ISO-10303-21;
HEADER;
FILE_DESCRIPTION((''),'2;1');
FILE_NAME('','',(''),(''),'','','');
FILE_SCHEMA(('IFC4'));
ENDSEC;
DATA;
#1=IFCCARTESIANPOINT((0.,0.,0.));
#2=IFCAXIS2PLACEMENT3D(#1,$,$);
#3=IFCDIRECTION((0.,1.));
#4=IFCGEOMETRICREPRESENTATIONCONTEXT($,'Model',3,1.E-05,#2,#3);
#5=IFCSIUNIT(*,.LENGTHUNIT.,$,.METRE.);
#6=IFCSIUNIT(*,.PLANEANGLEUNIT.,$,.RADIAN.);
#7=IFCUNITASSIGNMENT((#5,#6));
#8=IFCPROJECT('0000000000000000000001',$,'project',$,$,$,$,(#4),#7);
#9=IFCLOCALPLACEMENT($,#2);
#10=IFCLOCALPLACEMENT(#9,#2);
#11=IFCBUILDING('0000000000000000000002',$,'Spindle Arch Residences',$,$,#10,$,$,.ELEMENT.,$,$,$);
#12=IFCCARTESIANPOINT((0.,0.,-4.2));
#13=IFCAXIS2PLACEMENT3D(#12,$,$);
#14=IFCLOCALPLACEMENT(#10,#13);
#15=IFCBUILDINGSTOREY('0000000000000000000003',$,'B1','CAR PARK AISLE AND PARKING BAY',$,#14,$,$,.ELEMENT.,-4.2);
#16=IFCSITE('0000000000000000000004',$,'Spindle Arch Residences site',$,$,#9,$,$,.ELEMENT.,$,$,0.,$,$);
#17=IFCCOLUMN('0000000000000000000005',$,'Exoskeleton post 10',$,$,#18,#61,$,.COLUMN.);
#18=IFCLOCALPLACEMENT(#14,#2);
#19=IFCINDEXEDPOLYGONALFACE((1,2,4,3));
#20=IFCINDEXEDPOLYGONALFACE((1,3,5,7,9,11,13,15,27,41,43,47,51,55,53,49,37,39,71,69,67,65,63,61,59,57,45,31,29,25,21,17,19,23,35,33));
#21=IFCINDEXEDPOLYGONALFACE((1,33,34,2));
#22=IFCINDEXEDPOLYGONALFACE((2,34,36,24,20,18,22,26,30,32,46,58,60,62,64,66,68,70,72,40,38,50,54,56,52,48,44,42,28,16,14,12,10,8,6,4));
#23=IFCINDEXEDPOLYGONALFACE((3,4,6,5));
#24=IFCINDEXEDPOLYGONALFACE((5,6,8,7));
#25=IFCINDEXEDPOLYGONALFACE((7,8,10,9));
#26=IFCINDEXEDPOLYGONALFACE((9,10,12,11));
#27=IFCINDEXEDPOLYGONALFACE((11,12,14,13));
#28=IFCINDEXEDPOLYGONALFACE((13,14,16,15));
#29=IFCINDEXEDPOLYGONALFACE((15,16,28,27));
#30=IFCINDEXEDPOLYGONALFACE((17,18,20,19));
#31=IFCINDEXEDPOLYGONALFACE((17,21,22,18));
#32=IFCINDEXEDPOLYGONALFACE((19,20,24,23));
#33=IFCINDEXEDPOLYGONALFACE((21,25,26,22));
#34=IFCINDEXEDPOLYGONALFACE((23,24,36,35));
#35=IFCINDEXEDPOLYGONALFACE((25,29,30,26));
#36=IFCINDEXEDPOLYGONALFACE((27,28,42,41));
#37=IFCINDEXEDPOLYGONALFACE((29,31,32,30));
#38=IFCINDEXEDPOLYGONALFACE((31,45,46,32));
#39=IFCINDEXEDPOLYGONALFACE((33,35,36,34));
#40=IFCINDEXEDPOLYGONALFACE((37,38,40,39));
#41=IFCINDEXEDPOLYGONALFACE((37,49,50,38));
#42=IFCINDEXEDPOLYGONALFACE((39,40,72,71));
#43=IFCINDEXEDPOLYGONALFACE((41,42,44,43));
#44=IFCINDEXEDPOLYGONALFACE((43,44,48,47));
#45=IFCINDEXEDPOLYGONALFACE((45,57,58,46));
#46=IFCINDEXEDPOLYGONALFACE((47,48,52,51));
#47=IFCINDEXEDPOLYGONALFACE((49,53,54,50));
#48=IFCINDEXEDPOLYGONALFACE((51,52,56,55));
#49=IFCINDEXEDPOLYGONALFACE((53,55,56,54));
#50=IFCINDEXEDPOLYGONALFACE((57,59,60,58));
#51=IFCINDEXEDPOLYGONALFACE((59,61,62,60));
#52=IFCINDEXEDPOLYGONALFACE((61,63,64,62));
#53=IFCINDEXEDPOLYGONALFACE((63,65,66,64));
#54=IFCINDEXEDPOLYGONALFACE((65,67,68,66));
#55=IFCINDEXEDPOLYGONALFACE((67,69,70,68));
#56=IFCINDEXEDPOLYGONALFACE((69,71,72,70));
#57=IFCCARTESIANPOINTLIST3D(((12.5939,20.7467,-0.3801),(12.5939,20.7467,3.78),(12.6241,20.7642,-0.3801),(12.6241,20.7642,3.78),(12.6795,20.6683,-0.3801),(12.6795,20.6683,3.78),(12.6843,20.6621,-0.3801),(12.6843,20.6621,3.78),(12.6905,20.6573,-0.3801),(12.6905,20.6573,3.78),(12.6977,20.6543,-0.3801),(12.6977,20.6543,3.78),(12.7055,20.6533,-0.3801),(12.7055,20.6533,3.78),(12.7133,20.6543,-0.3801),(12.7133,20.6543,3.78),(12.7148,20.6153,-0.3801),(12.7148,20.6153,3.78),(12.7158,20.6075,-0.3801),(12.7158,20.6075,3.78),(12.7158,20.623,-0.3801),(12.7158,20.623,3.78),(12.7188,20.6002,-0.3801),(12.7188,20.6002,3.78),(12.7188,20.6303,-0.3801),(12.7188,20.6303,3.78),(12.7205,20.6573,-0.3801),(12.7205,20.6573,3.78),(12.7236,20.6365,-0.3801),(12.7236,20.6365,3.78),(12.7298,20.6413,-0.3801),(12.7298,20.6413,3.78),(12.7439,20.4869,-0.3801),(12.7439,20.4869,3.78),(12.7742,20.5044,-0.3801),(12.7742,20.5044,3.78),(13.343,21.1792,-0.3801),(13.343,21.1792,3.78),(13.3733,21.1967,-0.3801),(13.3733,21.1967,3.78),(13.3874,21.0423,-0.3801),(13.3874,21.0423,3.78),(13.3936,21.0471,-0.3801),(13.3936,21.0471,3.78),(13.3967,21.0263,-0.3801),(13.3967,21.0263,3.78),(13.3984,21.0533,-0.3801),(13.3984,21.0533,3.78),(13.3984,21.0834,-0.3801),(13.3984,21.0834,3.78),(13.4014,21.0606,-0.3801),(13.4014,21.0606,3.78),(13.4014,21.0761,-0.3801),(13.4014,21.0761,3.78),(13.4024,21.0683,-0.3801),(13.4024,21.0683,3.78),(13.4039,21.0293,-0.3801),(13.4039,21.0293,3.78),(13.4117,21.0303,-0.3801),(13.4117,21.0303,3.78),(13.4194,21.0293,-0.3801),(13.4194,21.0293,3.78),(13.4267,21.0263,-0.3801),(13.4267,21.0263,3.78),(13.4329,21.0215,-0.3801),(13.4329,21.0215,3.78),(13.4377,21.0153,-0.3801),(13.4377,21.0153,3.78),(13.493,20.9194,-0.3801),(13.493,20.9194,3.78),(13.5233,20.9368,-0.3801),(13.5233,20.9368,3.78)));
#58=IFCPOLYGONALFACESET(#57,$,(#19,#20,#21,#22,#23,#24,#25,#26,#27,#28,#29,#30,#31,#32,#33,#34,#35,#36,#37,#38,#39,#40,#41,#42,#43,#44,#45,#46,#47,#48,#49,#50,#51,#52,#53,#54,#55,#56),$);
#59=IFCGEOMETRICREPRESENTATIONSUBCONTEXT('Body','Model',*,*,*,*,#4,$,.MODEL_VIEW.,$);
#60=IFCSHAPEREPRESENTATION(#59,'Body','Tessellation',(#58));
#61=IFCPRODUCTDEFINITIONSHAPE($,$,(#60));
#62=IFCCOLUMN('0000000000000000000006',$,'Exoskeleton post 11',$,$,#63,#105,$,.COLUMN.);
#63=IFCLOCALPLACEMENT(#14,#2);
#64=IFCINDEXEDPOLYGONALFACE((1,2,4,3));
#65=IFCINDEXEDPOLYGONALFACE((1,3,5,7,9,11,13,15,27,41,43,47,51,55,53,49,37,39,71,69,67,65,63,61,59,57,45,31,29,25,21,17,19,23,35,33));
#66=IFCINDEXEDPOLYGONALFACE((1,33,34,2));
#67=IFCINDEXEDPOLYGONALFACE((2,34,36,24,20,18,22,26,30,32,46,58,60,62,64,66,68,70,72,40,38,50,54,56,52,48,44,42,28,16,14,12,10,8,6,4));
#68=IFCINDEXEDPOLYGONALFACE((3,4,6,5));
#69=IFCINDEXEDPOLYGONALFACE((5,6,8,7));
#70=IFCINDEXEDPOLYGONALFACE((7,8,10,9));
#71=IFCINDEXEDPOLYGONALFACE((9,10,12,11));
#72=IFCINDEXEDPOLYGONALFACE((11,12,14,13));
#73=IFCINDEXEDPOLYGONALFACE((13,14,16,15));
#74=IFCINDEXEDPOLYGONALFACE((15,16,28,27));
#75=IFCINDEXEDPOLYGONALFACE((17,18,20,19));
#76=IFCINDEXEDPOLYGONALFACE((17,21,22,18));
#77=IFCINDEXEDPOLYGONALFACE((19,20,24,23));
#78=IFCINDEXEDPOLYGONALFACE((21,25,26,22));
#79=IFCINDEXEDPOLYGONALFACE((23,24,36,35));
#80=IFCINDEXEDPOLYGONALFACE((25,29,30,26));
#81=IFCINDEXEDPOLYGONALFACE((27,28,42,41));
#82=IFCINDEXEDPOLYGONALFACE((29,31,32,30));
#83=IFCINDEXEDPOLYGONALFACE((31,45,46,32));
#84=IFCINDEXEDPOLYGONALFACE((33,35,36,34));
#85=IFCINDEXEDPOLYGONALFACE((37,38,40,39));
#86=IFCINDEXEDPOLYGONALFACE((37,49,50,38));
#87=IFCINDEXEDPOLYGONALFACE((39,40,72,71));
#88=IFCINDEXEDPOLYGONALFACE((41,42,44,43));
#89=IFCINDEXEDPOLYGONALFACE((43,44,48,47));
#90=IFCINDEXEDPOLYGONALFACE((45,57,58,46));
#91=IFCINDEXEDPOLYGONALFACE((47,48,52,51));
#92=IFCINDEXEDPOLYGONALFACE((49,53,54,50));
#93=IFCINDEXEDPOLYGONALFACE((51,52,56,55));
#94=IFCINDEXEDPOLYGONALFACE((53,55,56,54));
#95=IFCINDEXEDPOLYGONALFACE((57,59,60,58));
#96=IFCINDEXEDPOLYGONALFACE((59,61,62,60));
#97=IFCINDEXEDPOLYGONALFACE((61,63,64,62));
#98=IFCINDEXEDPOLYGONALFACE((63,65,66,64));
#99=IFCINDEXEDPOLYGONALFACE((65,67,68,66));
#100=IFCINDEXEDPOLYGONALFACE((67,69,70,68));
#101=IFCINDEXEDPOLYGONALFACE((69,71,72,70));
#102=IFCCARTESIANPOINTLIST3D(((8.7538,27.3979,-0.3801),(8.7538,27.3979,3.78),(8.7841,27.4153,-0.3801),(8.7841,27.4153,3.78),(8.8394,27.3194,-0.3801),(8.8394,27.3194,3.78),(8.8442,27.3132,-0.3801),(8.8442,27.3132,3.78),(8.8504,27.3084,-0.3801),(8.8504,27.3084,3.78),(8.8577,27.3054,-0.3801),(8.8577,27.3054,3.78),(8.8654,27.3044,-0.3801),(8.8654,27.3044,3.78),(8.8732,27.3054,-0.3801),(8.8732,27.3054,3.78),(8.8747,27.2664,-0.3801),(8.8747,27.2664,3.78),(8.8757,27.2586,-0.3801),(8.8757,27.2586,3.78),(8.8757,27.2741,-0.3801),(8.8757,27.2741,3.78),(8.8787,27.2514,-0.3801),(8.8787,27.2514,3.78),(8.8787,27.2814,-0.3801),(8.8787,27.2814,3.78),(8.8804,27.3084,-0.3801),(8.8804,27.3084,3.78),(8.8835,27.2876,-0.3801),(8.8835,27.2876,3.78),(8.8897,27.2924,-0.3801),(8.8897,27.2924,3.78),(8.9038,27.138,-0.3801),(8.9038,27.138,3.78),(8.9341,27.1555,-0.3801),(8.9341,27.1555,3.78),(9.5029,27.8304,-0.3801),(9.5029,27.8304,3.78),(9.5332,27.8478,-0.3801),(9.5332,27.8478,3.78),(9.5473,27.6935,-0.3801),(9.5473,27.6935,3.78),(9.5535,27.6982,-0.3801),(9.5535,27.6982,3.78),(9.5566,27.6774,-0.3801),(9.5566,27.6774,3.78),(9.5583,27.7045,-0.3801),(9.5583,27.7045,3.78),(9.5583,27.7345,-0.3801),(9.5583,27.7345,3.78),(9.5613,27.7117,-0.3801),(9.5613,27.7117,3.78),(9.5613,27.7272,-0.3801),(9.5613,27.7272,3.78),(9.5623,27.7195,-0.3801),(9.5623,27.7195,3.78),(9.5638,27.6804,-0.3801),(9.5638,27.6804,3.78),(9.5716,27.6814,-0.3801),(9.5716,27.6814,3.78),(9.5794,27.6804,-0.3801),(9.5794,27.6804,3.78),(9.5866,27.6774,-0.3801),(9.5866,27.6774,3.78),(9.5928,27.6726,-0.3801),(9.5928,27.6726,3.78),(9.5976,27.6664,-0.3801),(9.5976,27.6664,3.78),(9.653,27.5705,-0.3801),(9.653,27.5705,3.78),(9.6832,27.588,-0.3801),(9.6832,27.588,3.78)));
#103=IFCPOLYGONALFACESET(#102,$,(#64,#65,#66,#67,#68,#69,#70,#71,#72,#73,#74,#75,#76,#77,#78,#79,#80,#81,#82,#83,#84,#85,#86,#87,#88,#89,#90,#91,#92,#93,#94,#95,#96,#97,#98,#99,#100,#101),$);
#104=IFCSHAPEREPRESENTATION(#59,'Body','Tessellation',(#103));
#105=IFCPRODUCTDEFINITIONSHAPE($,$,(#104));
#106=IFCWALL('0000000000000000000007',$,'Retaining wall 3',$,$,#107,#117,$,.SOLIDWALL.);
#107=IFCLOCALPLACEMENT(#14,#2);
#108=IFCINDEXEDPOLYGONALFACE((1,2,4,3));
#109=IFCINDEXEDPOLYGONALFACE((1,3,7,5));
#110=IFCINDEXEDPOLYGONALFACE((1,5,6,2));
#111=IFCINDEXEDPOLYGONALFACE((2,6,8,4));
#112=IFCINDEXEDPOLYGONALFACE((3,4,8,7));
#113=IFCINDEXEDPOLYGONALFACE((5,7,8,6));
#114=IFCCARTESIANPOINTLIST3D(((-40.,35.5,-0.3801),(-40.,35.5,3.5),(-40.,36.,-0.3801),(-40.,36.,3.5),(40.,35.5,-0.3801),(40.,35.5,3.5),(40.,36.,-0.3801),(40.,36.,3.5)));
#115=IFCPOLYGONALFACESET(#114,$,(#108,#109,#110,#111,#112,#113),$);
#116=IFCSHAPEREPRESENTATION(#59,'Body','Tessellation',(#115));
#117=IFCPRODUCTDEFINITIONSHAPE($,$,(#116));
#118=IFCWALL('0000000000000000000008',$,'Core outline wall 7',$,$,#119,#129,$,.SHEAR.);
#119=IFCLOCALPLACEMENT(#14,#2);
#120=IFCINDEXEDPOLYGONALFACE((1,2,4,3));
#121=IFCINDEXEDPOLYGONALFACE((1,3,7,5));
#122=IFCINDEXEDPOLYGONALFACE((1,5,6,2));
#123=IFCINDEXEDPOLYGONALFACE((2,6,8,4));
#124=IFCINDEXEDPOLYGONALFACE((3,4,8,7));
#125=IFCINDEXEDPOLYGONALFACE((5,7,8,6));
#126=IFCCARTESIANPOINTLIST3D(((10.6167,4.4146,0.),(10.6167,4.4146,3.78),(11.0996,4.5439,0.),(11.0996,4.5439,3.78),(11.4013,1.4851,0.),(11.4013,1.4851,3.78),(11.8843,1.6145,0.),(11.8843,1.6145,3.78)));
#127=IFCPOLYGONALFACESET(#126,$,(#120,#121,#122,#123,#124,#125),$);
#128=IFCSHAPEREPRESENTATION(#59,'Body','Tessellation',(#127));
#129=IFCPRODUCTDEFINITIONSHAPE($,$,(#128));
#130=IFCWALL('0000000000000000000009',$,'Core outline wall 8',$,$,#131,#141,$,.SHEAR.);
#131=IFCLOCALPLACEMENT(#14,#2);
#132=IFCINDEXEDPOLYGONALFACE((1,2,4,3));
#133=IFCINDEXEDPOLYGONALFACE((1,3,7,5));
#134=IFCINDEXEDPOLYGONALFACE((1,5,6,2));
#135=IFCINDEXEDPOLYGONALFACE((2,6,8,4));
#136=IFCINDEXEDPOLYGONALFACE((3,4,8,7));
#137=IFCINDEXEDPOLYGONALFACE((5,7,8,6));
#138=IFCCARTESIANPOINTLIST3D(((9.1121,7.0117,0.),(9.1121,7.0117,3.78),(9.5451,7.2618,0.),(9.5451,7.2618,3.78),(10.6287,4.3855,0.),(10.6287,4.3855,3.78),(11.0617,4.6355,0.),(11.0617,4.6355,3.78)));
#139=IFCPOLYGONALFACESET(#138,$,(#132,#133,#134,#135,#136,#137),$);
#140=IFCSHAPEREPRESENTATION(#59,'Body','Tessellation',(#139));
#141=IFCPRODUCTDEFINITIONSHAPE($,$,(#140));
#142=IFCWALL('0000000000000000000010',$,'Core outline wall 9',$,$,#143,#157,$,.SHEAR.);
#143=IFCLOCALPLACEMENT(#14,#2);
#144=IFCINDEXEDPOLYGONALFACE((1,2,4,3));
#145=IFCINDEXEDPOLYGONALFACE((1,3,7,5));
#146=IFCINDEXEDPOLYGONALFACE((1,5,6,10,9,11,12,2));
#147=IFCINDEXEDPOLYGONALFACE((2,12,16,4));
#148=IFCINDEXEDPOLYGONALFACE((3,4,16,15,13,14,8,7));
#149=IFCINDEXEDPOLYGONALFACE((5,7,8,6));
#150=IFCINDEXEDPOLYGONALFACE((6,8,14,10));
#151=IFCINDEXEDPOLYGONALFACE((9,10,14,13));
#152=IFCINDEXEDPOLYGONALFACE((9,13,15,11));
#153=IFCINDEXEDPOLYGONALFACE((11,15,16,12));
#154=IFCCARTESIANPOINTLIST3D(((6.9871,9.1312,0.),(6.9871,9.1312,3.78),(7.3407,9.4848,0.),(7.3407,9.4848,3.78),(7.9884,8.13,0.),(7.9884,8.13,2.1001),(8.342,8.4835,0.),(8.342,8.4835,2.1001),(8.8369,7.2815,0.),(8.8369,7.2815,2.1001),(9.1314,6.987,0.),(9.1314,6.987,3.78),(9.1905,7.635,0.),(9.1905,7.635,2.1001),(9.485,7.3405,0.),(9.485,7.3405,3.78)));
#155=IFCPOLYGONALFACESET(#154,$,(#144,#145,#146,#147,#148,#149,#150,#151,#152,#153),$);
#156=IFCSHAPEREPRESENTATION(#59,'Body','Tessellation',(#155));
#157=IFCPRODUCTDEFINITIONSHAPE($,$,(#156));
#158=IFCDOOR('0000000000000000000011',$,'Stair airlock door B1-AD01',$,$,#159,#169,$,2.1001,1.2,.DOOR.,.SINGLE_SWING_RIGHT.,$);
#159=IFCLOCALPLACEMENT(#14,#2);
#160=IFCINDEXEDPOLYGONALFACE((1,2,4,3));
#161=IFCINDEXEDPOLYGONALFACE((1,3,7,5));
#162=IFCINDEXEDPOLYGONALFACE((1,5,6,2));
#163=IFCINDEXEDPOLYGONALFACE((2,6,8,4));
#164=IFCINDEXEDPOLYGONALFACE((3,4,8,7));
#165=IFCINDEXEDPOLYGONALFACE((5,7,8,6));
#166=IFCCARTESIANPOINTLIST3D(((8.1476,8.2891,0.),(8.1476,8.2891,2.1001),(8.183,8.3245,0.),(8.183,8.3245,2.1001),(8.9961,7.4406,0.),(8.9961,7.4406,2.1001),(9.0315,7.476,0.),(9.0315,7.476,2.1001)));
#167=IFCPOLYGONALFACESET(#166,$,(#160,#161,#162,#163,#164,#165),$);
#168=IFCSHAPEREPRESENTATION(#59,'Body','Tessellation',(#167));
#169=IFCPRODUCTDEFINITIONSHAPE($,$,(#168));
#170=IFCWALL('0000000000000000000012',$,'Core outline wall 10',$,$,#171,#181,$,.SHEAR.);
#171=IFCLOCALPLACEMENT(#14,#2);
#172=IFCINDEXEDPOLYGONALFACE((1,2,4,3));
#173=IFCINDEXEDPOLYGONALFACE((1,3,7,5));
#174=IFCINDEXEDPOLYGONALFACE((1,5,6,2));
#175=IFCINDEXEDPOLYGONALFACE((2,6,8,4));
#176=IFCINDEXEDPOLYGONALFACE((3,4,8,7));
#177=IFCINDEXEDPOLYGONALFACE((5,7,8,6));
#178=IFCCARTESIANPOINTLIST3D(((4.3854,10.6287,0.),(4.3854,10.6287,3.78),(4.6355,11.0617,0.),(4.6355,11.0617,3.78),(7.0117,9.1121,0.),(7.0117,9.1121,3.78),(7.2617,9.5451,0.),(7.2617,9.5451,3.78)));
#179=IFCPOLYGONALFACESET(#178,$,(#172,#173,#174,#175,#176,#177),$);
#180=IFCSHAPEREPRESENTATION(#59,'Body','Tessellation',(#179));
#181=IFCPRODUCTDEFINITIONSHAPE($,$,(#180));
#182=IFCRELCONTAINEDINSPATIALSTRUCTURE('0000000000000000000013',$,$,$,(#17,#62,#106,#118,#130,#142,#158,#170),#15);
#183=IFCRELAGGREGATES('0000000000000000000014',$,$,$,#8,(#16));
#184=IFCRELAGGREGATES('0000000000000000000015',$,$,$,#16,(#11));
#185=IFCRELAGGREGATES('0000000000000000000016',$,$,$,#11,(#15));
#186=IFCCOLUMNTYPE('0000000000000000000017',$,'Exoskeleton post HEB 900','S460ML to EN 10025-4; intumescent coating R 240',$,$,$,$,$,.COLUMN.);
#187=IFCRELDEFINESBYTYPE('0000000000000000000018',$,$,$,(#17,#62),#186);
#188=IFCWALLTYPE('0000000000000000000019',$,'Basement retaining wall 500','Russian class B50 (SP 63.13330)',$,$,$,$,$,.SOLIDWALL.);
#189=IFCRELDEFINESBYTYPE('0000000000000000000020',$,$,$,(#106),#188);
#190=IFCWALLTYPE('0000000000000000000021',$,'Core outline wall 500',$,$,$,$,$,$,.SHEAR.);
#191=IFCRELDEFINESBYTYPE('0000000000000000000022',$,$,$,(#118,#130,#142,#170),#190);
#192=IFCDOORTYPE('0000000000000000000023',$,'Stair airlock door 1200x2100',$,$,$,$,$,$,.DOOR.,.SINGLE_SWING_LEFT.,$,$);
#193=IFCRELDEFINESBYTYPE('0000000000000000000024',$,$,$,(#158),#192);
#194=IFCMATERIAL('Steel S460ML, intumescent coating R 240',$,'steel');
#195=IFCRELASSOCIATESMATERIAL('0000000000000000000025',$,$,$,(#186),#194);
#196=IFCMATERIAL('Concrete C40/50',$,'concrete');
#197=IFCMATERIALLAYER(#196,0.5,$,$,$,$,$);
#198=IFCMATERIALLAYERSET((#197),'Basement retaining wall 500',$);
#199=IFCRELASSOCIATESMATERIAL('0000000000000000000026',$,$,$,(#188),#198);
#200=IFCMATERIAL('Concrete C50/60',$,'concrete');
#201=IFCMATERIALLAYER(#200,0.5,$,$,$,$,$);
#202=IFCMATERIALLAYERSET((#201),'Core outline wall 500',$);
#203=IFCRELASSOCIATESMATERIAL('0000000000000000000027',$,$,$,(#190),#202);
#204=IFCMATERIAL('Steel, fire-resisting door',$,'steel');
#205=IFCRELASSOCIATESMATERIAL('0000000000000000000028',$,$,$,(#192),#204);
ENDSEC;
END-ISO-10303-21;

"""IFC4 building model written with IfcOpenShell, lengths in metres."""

from ifc_helpers import new_model, si_unit, direction, frame, frame_2d, origin, origin_2d, place, context, subcontext, project, spatial, rectangle, i_section, extrude, material, layer, layer_set, material_profile, profile_set, type_object, element, fill, save


model = new_model("IFC4")

# Units and contexts
model_context = context("Model", 3, precision=1e-05, world=origin(), true_north=direction((0.0, 1.0)))
body_context = subcontext(model_context, "Body", "Model", "MODEL_VIEW")
ifc_project = project(units=[si_unit("LENGTHUNIT", "METRE"), si_unit("PLANEANGLEUNIT", "RADIAN")], contexts=[model_context])

# Site, building, storey
site_placement = place(None, origin())
site = spatial("IfcSite", under=ifc_project, at=site_placement, Name="Spindle Arch Residences site", CompositionType="ELEMENT", RefElevation=0.0)
building_placement = place(site_placement, origin())
building = spatial("IfcBuilding", under=site, at=building_placement, Name="Spindle Arch Residences", CompositionType="ELEMENT")
storey_placement = place(building_placement, frame((0.0, 0.0, -4.2)))
storey = spatial("IfcBuildingStorey", under=building, at=storey_placement, Name="B1", Description="CAR PARK AISLE AND PARKING BAY", CompositionType="ELEMENT", Elevation=-4.2)

# Columns
ifc_material_1 = material(Name="Steel S460ML, intumescent coating R 240", Category="steel")
ifc_material_profile_1 = material_profile(ifc_material_1, i_section(OverallWidth=0.3, OverallDepth=0.8999, WebThickness=0.0186, FlangeThickness=0.0349, FilletRadius=0.03, at=origin_2d()), Name="HEB 900")
ifc_profile_set_1 = profile_set([ifc_material_profile_1], Name="Steel S460ML, intumescent coating R 240")
column_type_1 = type_object("IfcColumnType", Name="Exoskeleton post HEB 900", Description="S460ML to EN 10025-4; intumescent coating R 240", PredefinedType="COLUMN", material=ifc_profile_set_1)
for number, where, z_axis, x_axis, name in (
    (1, (13.0586, 20.8418, -0.3801), (0.0, 0.0, 1.0), (0.5, -0.866025, 0.0), "Exoskeleton post 10"),
    (2, (9.2185, 27.4929, -0.3801), (0.0, 0.0, 1.0), (0.5, -0.866025, 0.0), "Exoskeleton post 11"),
):
    element("IfcColumn", number, at=place(storey_placement, frame(where, z_axis=z_axis, x_axis=x_axis)), inside=storey, type_object=column_type_1, Name=name, PredefinedType="COLUMN", context=body_context, shape_type="SweptSolid", body=[
        extrude(i_section(OverallWidth=0.3, OverallDepth=0.8999, WebThickness=0.0186, FlangeThickness=0.0349, FilletRadius=0.03, at=origin_2d()), origin(), (0.0, 0.0, 1.0), 4.1602),
    ])

# Walls
ifc_material_2 = material(Name="Concrete C40/50", Category="concrete")
ifc_layer_1 = layer(ifc_material_2, 0.5)
ifc_layer_set_1 = layer_set([ifc_layer_1], Name="Basement retaining wall 500")
wall_type_1 = type_object("IfcWallType", Name="Basement retaining wall 500", Description="Russian class B50 (SP 63.13330)", PredefinedType="SOLIDWALL", material=ifc_layer_set_1)
wall_1_placement = place(storey_placement, frame((40.0, 35.75, -0.3801), z_axis=(0.0, 0.0, 1.0), x_axis=(-1.0, 0.0, 0.0)))
element("IfcWall", 3, at=wall_1_placement, inside=storey, type_object=wall_type_1, Name="Retaining wall 3", PredefinedType="SOLIDWALL", context=body_context, shape_type="SweptSolid", body=[
    extrude(rectangle(XDim=80.0, YDim=0.5, at=frame_2d((40.0, 0.0))), origin(), (0.0, 0.0, 1.0), 3.8801),
])
ifc_material_3 = material(Name="Concrete C50/60", Category="concrete")
ifc_layer_2 = layer(ifc_material_3, 0.5)
ifc_layer_set_2 = layer_set([ifc_layer_2], Name="Core outline wall 500")
wall_type_2 = type_object("IfcWallType", Name="Core outline wall 500", PredefinedType="SHEAR", material=ifc_layer_set_2)
for number, where, z_axis, x_axis, name in (
    (4, (11.6428, 1.5498, 0.0), (0.0, 0.0, 1.0), (-0.258735, 0.965948, 0.0), "Core outline wall 7"),
    (5, (10.8452, 4.5105, 0.0), (0.0, 0.0, 1.0), (-0.500087, 0.865975, 0.0), "Core outline wall 8"),
):
    element("IfcWall", number, at=place(storey_placement, frame(where, z_axis=z_axis, x_axis=x_axis)), inside=storey, type_object=wall_type_2, Name=name, PredefinedType="SHEAR", context=body_context, shape_type="SweptSolid", body=[
        extrude(rectangle(XDim=3.0327, YDim=0.5, at=frame_2d((1.5164, 0.0))), origin(), (0.0, 0.0, 1.0), 3.78),
    ])

# Wall, opening, door
wall_2_placement = place(storey_placement, frame((9.3081, 7.1638, 0.0), z_axis=(0.0, 0.0, 1.0), x_axis=(-0.707107, 0.707107, 0.0)))
wall_2 = element("IfcWall", 6, at=wall_2_placement, inside=storey, type_object=wall_type_2, Name="Core outline wall 9", PredefinedType="SHEAR", context=body_context, shape_type="SweptSolid", body=[
    extrude(rectangle(XDim=3.0325, YDim=0.5, at=frame_2d((1.5161, 0.0))), origin(), (0.0, 0.0, 1.0), 3.78),
])
opening_1_placement = place(wall_2_placement, frame((0.4163, 0.0, 0.0)))
opening_1 = element("IfcOpeningElement", 7, at=opening_1_placement, cuts=wall_2, PredefinedType="OPENING", context=body_context, shape_type="SweptSolid", body=[
    extrude(rectangle(XDim=1.2, YDim=2.1001, at=frame_2d((0.6001, 1.05))), frame((0.0, 0.26, 0.0), z_axis=(0.0, -1.0, 0.0), x_axis=(1.0, 0.0, 0.0)), (0.0, 0.0, 1.0), 0.52),
])
ifc_material_4 = material(Name="Steel, fire-resisting door", Category="steel")
door_type_1 = type_object("IfcDoorType", Name="Stair airlock door 1200x2100", OperationType="SINGLE_SWING_LEFT", PredefinedType="DOOR", material=ifc_material_4)
door_1_placement = place(opening_1_placement, origin())
door_1 = element("IfcDoor", 8, at=door_1_placement, inside=storey, type_object=door_type_1, Name="Stair airlock door B1-AD01", OperationType="SINGLE_SWING_RIGHT", OverallHeight=2.1001, OverallWidth=1.2, PredefinedType="DOOR", context=body_context, shape_type="SweptSolid", body=[
    extrude(rectangle(XDim=1.2, YDim=2.1001, at=frame_2d((0.6001, 1.05))), frame((0.0, 0.0249, 0.0), z_axis=(0.0, -1.0, 0.0), x_axis=(1.0, 0.0, 0.0)), (0.0, 0.0, 1.0), 0.05),
])
fill(opening_1, door_1)

# Wall
wall_3_placement = place(storey_placement, frame((7.1367, 9.3286, 0.0), z_axis=(0.0, 0.0, 1.0), x_axis=(-0.865975, 0.500087, 0.0)))
element("IfcWall", 9, at=wall_3_placement, inside=storey, type_object=wall_type_2, Name="Core outline wall 10", PredefinedType="SHEAR", context=body_context, shape_type="SweptSolid", body=[
    extrude(rectangle(XDim=3.0327, YDim=0.5, at=frame_2d((1.5164, 0.0))), origin(), (0.0, 0.0, 1.0), 3.78),
])

save(model, "model.ifc")
